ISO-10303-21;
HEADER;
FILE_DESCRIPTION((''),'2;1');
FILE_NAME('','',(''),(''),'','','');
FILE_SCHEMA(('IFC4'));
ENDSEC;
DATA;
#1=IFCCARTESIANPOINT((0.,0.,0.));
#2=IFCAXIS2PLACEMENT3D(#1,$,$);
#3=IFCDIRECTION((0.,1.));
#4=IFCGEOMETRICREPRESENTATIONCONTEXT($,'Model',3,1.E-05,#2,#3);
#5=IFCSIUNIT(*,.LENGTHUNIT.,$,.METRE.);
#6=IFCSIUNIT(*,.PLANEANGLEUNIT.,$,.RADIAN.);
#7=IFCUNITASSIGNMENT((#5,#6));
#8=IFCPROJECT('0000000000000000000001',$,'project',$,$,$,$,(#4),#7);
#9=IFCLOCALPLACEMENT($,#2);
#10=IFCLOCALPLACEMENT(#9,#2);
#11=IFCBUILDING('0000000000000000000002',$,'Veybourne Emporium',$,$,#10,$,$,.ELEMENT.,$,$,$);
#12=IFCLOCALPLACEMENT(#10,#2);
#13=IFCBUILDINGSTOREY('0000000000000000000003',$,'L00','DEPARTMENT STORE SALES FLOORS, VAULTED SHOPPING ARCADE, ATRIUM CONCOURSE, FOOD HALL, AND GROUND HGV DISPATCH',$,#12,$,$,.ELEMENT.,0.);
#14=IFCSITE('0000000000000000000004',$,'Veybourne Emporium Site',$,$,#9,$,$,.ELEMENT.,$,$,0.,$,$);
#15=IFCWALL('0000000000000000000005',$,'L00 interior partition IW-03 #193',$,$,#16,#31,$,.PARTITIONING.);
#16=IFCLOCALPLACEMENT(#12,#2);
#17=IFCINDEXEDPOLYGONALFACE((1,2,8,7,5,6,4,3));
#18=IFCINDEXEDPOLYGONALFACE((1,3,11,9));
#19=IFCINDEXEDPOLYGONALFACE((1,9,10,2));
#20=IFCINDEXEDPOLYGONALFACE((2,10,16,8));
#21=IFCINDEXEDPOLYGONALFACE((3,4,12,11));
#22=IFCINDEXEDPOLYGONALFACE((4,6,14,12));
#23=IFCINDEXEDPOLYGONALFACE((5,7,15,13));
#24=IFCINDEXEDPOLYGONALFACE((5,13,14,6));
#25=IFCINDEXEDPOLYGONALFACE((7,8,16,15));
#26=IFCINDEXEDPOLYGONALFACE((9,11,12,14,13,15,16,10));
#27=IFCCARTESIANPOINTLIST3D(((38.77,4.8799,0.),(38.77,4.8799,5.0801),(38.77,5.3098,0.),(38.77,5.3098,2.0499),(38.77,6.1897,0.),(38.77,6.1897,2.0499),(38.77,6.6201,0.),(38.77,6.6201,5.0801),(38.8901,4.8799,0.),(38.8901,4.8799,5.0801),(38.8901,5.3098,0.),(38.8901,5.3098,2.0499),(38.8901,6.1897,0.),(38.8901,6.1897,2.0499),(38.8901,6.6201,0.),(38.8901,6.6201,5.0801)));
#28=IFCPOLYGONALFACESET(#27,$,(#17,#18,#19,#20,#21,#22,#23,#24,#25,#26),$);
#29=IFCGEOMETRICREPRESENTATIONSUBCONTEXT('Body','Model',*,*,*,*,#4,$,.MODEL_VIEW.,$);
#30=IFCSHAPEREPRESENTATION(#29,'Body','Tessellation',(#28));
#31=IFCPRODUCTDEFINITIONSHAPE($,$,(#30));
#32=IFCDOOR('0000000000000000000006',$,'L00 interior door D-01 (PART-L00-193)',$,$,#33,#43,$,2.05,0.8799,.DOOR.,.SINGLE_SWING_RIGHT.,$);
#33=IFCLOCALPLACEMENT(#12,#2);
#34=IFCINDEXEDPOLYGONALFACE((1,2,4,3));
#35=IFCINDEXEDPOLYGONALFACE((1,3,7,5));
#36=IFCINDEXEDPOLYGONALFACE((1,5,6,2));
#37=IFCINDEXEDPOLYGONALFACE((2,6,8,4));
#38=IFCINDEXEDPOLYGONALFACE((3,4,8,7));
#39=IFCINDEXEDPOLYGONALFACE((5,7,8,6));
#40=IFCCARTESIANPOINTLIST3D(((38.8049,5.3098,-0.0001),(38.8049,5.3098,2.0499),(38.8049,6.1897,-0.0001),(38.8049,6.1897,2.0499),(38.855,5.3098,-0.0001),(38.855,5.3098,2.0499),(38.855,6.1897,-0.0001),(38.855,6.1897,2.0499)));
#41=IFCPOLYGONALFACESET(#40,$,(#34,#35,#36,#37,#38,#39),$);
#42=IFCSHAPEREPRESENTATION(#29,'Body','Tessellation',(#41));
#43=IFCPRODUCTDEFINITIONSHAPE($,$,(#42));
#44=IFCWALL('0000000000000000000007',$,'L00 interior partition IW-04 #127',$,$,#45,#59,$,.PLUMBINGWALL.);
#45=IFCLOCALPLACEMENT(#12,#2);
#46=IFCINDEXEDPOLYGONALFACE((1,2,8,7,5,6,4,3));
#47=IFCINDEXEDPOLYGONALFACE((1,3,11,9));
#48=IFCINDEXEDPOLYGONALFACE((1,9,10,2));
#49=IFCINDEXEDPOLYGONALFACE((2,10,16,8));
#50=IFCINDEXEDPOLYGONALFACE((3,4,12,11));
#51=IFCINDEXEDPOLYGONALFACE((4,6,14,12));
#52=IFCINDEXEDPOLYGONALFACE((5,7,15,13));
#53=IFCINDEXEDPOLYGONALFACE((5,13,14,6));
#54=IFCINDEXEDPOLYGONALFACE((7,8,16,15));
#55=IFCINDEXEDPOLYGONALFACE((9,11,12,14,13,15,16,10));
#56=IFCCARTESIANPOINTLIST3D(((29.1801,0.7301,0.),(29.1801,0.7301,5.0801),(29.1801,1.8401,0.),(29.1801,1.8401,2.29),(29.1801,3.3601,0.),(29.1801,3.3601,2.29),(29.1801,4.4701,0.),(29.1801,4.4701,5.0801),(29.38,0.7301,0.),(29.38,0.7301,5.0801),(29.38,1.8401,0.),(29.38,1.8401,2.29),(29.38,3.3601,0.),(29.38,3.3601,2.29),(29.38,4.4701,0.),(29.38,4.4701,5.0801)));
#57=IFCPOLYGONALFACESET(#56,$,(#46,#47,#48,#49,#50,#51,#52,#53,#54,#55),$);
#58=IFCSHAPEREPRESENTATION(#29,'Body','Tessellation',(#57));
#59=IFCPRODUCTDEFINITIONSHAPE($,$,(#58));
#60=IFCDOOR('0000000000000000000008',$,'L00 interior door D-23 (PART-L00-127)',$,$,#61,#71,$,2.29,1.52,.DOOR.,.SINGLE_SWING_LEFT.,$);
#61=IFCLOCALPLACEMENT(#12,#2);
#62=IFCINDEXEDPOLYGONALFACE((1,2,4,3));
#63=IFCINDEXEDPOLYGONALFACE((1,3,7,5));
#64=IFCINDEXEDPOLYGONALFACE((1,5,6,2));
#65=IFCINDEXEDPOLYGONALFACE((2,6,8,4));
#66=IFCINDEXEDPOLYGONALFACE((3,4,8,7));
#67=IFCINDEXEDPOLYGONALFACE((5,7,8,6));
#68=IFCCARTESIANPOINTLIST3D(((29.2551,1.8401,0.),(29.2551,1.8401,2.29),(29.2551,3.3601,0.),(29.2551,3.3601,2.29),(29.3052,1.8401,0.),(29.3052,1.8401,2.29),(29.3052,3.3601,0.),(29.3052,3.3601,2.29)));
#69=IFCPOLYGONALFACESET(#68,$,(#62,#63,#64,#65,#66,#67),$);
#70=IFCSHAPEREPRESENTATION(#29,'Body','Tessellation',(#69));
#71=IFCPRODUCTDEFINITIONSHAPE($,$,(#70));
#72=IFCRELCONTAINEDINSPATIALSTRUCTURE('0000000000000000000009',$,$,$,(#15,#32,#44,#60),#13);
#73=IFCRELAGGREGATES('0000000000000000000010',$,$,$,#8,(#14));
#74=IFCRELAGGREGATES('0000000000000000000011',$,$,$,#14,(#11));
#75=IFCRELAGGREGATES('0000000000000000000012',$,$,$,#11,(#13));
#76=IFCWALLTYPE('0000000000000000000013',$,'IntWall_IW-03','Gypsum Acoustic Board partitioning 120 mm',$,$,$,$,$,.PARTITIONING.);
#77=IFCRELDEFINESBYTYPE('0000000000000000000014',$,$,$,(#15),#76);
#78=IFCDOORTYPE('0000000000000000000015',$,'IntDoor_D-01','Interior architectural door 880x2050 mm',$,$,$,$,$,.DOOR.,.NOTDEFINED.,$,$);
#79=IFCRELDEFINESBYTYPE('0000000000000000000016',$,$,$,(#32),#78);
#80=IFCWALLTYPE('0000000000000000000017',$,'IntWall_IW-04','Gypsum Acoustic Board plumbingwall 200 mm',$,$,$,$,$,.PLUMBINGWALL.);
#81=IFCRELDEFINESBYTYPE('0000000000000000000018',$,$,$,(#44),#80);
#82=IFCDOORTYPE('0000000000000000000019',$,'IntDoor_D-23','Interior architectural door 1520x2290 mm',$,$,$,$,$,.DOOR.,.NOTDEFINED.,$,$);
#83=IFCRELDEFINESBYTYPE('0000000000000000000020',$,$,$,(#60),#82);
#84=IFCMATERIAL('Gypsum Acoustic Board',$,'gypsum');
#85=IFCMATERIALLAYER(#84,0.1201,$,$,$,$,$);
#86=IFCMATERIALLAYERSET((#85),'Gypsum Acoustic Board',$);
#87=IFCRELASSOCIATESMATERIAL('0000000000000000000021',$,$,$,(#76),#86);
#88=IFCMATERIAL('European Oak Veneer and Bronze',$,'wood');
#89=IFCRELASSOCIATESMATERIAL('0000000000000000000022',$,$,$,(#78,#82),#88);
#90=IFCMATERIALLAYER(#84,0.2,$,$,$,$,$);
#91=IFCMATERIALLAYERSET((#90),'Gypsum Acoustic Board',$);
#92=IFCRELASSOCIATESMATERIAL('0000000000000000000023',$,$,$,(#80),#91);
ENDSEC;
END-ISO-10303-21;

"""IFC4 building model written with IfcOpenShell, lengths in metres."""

from ifc_helpers import new_model, si_unit, direction, frame, frame_2d, origin, place, context, subcontext, project, spatial, rectangle, extrude, material, layer, layer_set, type_object, element, fill, save


model = new_model("IFC4")

# Units and contexts
model_context = context("Model", 3, precision=1e-05, world=origin(), true_north=direction((0.0, 1.0)))
body_context = subcontext(model_context, "Body", "Model", "MODEL_VIEW")
ifc_project = project(units=[si_unit("LENGTHUNIT", "METRE"), si_unit("PLANEANGLEUNIT", "RADIAN")], contexts=[model_context])

# Site, building, storey
site_placement = place(None, origin())
site = spatial("IfcSite", under=ifc_project, at=site_placement, Name="Veybourne Emporium Site", CompositionType="ELEMENT", RefElevation=0.0)
building_placement = place(site_placement, origin())
building = spatial("IfcBuilding", under=site, at=building_placement, Name="Veybourne Emporium", CompositionType="ELEMENT")
storey_placement = place(building_placement, origin())
storey = spatial("IfcBuildingStorey", under=building, at=storey_placement, Name="L00", Description="DEPARTMENT STORE SALES FLOORS, VAULTED SHOPPING ARCADE, ATRIUM CONCOURSE, FOOD HALL, AND GROUND HGV DISPATCH", CompositionType="ELEMENT", Elevation=0.0)

# Shared definitions
ifc_material_1 = material(Name="Gypsum Acoustic Board", Category="gypsum")
ifc_material_2 = material(Name="European Oak Veneer and Bronze", Category="wood")

# Shared definitions
ifc_layer_1 = layer(ifc_material_1, 0.1201)
ifc_layer_set_1 = layer_set([ifc_layer_1], Name="Gypsum Acoustic Board")
wall_type_1 = type_object("IfcWallType", Name="IntWall_IW-03", Description="Gypsum Acoustic Board partitioning 120 mm", PredefinedType="PARTITIONING", material=ifc_layer_set_1)

# Walls, openings, doors
wall_1_placement = place(storey_placement, frame((38.8301, 4.8799, 0.0), z_axis=(0.0, 0.0, 1.0), x_axis=(0.0, 1.0, 0.0)))
wall_1 = element("IfcWall", 1, at=wall_1_placement, inside=storey, type_object=wall_type_1, Name="L00 interior partition IW-03 #193", PredefinedType="PARTITIONING", context=body_context, shape_type="SweptSolid", body=[
    extrude(rectangle(XDim=1.7402, YDim=0.1201, at=frame_2d((0.8701, 0.0))), origin(), (0.0, 0.0, 1.0), 5.0801),
])
opening_1_placement = place(wall_1_placement, frame((0.4299, 0.0, 0.0)))
opening_1 = element("IfcOpeningElement", 2, at=opening_1_placement, cuts=wall_1, PredefinedType="OPENING", context=body_context, shape_type="SweptSolid", body=[
    extrude(rectangle(XDim=0.8799, YDim=2.05, at=frame_2d((0.4399, 1.0249))), frame((0.0, 0.0801, 0.0), z_axis=(0.0, -1.0, 0.0), x_axis=(1.0, 0.0, 0.0)), (0.0, 0.0, 1.0), 0.1602),
])
door_type_1 = type_object("IfcDoorType", Name="IntDoor_D-01", Description="Interior architectural door 880x2050 mm", OperationType="NOTDEFINED", PredefinedType="DOOR", material=ifc_material_2)
door_1_placement = place(opening_1_placement, frame((0.8799, 0.0, 0.0), z_axis=(0.0, 0.0, 1.0), x_axis=(-1.0, 0.0, 0.0)))
door_1 = element("IfcDoor", 3, at=door_1_placement, inside=storey, type_object=door_type_1, Name="L00 interior door D-01 (PART-L00-193)", OperationType="SINGLE_SWING_RIGHT", OverallHeight=2.05, OverallWidth=0.8799, PredefinedType="DOOR", context=body_context, shape_type="SweptSolid", body=[
    extrude(rectangle(XDim=0.8799, YDim=2.05, at=frame_2d((0.4399, 1.0249))), frame((0.0, 0.0249, 0.0), z_axis=(0.0, -1.0, 0.0), x_axis=(1.0, 0.0, 0.0)), (0.0, 0.0, 1.0), 0.05),
])
fill(opening_1, door_1)
ifc_layer_2 = layer(ifc_material_1, 0.2)
ifc_layer_set_2 = layer_set([ifc_layer_2], Name="Gypsum Acoustic Board")
wall_type_2 = type_object("IfcWallType", Name="IntWall_IW-04", Description="Gypsum Acoustic Board plumbingwall 200 mm", PredefinedType="PLUMBINGWALL", material=ifc_layer_set_2)
wall_2_placement = place(storey_placement, frame((29.28, 0.73, 0.0), z_axis=(0.0, 0.0, 1.0), x_axis=(0.0, 1.0, 0.0)))
wall_2 = element("IfcWall", 4, at=wall_2_placement, inside=storey, type_object=wall_type_2, Name="L00 interior partition IW-04 #127", PredefinedType="PLUMBINGWALL", context=body_context, shape_type="SweptSolid", body=[
    extrude(rectangle(XDim=3.74, YDim=0.2, at=frame_2d((1.8701, 0.0))), origin(), (0.0, 0.0, 1.0), 5.0801),
])
opening_2_placement = place(wall_2_placement, frame((1.1101, 0.0, 0.0)))
opening_2 = element("IfcOpeningElement", 5, at=opening_2_placement, cuts=wall_2, PredefinedType="OPENING", context=body_context, shape_type="SweptSolid", body=[
    extrude(rectangle(XDim=1.52, YDim=2.29, at=frame_2d((0.76, 1.145))), frame((0.0, 0.1201, 0.0), z_axis=(0.0, -1.0, 0.0), x_axis=(1.0, 0.0, 0.0)), (0.0, 0.0, 1.0), 0.24),
])
door_type_2 = type_object("IfcDoorType", Name="IntDoor_D-23", Description="Interior architectural door 1520x2290 mm", OperationType="NOTDEFINED", PredefinedType="DOOR", material=ifc_material_2)
door_2_placement = place(opening_2_placement, origin())
door_2 = element("IfcDoor", 6, at=door_2_placement, inside=storey, type_object=door_type_2, Name="L00 interior door D-23 (PART-L00-127)", OperationType="SINGLE_SWING_LEFT", OverallHeight=2.29, OverallWidth=1.52, PredefinedType="DOOR", context=body_context, shape_type="SweptSolid", body=[
    extrude(rectangle(XDim=1.52, YDim=2.29, at=frame_2d((0.76, 1.145))), frame((0.0, 0.0249, 0.0), z_axis=(0.0, -1.0, 0.0), x_axis=(1.0, 0.0, 0.0)), (0.0, 0.0, 1.0), 0.05),
])
fill(opening_2, door_2)

save(model, "model.ifc")
